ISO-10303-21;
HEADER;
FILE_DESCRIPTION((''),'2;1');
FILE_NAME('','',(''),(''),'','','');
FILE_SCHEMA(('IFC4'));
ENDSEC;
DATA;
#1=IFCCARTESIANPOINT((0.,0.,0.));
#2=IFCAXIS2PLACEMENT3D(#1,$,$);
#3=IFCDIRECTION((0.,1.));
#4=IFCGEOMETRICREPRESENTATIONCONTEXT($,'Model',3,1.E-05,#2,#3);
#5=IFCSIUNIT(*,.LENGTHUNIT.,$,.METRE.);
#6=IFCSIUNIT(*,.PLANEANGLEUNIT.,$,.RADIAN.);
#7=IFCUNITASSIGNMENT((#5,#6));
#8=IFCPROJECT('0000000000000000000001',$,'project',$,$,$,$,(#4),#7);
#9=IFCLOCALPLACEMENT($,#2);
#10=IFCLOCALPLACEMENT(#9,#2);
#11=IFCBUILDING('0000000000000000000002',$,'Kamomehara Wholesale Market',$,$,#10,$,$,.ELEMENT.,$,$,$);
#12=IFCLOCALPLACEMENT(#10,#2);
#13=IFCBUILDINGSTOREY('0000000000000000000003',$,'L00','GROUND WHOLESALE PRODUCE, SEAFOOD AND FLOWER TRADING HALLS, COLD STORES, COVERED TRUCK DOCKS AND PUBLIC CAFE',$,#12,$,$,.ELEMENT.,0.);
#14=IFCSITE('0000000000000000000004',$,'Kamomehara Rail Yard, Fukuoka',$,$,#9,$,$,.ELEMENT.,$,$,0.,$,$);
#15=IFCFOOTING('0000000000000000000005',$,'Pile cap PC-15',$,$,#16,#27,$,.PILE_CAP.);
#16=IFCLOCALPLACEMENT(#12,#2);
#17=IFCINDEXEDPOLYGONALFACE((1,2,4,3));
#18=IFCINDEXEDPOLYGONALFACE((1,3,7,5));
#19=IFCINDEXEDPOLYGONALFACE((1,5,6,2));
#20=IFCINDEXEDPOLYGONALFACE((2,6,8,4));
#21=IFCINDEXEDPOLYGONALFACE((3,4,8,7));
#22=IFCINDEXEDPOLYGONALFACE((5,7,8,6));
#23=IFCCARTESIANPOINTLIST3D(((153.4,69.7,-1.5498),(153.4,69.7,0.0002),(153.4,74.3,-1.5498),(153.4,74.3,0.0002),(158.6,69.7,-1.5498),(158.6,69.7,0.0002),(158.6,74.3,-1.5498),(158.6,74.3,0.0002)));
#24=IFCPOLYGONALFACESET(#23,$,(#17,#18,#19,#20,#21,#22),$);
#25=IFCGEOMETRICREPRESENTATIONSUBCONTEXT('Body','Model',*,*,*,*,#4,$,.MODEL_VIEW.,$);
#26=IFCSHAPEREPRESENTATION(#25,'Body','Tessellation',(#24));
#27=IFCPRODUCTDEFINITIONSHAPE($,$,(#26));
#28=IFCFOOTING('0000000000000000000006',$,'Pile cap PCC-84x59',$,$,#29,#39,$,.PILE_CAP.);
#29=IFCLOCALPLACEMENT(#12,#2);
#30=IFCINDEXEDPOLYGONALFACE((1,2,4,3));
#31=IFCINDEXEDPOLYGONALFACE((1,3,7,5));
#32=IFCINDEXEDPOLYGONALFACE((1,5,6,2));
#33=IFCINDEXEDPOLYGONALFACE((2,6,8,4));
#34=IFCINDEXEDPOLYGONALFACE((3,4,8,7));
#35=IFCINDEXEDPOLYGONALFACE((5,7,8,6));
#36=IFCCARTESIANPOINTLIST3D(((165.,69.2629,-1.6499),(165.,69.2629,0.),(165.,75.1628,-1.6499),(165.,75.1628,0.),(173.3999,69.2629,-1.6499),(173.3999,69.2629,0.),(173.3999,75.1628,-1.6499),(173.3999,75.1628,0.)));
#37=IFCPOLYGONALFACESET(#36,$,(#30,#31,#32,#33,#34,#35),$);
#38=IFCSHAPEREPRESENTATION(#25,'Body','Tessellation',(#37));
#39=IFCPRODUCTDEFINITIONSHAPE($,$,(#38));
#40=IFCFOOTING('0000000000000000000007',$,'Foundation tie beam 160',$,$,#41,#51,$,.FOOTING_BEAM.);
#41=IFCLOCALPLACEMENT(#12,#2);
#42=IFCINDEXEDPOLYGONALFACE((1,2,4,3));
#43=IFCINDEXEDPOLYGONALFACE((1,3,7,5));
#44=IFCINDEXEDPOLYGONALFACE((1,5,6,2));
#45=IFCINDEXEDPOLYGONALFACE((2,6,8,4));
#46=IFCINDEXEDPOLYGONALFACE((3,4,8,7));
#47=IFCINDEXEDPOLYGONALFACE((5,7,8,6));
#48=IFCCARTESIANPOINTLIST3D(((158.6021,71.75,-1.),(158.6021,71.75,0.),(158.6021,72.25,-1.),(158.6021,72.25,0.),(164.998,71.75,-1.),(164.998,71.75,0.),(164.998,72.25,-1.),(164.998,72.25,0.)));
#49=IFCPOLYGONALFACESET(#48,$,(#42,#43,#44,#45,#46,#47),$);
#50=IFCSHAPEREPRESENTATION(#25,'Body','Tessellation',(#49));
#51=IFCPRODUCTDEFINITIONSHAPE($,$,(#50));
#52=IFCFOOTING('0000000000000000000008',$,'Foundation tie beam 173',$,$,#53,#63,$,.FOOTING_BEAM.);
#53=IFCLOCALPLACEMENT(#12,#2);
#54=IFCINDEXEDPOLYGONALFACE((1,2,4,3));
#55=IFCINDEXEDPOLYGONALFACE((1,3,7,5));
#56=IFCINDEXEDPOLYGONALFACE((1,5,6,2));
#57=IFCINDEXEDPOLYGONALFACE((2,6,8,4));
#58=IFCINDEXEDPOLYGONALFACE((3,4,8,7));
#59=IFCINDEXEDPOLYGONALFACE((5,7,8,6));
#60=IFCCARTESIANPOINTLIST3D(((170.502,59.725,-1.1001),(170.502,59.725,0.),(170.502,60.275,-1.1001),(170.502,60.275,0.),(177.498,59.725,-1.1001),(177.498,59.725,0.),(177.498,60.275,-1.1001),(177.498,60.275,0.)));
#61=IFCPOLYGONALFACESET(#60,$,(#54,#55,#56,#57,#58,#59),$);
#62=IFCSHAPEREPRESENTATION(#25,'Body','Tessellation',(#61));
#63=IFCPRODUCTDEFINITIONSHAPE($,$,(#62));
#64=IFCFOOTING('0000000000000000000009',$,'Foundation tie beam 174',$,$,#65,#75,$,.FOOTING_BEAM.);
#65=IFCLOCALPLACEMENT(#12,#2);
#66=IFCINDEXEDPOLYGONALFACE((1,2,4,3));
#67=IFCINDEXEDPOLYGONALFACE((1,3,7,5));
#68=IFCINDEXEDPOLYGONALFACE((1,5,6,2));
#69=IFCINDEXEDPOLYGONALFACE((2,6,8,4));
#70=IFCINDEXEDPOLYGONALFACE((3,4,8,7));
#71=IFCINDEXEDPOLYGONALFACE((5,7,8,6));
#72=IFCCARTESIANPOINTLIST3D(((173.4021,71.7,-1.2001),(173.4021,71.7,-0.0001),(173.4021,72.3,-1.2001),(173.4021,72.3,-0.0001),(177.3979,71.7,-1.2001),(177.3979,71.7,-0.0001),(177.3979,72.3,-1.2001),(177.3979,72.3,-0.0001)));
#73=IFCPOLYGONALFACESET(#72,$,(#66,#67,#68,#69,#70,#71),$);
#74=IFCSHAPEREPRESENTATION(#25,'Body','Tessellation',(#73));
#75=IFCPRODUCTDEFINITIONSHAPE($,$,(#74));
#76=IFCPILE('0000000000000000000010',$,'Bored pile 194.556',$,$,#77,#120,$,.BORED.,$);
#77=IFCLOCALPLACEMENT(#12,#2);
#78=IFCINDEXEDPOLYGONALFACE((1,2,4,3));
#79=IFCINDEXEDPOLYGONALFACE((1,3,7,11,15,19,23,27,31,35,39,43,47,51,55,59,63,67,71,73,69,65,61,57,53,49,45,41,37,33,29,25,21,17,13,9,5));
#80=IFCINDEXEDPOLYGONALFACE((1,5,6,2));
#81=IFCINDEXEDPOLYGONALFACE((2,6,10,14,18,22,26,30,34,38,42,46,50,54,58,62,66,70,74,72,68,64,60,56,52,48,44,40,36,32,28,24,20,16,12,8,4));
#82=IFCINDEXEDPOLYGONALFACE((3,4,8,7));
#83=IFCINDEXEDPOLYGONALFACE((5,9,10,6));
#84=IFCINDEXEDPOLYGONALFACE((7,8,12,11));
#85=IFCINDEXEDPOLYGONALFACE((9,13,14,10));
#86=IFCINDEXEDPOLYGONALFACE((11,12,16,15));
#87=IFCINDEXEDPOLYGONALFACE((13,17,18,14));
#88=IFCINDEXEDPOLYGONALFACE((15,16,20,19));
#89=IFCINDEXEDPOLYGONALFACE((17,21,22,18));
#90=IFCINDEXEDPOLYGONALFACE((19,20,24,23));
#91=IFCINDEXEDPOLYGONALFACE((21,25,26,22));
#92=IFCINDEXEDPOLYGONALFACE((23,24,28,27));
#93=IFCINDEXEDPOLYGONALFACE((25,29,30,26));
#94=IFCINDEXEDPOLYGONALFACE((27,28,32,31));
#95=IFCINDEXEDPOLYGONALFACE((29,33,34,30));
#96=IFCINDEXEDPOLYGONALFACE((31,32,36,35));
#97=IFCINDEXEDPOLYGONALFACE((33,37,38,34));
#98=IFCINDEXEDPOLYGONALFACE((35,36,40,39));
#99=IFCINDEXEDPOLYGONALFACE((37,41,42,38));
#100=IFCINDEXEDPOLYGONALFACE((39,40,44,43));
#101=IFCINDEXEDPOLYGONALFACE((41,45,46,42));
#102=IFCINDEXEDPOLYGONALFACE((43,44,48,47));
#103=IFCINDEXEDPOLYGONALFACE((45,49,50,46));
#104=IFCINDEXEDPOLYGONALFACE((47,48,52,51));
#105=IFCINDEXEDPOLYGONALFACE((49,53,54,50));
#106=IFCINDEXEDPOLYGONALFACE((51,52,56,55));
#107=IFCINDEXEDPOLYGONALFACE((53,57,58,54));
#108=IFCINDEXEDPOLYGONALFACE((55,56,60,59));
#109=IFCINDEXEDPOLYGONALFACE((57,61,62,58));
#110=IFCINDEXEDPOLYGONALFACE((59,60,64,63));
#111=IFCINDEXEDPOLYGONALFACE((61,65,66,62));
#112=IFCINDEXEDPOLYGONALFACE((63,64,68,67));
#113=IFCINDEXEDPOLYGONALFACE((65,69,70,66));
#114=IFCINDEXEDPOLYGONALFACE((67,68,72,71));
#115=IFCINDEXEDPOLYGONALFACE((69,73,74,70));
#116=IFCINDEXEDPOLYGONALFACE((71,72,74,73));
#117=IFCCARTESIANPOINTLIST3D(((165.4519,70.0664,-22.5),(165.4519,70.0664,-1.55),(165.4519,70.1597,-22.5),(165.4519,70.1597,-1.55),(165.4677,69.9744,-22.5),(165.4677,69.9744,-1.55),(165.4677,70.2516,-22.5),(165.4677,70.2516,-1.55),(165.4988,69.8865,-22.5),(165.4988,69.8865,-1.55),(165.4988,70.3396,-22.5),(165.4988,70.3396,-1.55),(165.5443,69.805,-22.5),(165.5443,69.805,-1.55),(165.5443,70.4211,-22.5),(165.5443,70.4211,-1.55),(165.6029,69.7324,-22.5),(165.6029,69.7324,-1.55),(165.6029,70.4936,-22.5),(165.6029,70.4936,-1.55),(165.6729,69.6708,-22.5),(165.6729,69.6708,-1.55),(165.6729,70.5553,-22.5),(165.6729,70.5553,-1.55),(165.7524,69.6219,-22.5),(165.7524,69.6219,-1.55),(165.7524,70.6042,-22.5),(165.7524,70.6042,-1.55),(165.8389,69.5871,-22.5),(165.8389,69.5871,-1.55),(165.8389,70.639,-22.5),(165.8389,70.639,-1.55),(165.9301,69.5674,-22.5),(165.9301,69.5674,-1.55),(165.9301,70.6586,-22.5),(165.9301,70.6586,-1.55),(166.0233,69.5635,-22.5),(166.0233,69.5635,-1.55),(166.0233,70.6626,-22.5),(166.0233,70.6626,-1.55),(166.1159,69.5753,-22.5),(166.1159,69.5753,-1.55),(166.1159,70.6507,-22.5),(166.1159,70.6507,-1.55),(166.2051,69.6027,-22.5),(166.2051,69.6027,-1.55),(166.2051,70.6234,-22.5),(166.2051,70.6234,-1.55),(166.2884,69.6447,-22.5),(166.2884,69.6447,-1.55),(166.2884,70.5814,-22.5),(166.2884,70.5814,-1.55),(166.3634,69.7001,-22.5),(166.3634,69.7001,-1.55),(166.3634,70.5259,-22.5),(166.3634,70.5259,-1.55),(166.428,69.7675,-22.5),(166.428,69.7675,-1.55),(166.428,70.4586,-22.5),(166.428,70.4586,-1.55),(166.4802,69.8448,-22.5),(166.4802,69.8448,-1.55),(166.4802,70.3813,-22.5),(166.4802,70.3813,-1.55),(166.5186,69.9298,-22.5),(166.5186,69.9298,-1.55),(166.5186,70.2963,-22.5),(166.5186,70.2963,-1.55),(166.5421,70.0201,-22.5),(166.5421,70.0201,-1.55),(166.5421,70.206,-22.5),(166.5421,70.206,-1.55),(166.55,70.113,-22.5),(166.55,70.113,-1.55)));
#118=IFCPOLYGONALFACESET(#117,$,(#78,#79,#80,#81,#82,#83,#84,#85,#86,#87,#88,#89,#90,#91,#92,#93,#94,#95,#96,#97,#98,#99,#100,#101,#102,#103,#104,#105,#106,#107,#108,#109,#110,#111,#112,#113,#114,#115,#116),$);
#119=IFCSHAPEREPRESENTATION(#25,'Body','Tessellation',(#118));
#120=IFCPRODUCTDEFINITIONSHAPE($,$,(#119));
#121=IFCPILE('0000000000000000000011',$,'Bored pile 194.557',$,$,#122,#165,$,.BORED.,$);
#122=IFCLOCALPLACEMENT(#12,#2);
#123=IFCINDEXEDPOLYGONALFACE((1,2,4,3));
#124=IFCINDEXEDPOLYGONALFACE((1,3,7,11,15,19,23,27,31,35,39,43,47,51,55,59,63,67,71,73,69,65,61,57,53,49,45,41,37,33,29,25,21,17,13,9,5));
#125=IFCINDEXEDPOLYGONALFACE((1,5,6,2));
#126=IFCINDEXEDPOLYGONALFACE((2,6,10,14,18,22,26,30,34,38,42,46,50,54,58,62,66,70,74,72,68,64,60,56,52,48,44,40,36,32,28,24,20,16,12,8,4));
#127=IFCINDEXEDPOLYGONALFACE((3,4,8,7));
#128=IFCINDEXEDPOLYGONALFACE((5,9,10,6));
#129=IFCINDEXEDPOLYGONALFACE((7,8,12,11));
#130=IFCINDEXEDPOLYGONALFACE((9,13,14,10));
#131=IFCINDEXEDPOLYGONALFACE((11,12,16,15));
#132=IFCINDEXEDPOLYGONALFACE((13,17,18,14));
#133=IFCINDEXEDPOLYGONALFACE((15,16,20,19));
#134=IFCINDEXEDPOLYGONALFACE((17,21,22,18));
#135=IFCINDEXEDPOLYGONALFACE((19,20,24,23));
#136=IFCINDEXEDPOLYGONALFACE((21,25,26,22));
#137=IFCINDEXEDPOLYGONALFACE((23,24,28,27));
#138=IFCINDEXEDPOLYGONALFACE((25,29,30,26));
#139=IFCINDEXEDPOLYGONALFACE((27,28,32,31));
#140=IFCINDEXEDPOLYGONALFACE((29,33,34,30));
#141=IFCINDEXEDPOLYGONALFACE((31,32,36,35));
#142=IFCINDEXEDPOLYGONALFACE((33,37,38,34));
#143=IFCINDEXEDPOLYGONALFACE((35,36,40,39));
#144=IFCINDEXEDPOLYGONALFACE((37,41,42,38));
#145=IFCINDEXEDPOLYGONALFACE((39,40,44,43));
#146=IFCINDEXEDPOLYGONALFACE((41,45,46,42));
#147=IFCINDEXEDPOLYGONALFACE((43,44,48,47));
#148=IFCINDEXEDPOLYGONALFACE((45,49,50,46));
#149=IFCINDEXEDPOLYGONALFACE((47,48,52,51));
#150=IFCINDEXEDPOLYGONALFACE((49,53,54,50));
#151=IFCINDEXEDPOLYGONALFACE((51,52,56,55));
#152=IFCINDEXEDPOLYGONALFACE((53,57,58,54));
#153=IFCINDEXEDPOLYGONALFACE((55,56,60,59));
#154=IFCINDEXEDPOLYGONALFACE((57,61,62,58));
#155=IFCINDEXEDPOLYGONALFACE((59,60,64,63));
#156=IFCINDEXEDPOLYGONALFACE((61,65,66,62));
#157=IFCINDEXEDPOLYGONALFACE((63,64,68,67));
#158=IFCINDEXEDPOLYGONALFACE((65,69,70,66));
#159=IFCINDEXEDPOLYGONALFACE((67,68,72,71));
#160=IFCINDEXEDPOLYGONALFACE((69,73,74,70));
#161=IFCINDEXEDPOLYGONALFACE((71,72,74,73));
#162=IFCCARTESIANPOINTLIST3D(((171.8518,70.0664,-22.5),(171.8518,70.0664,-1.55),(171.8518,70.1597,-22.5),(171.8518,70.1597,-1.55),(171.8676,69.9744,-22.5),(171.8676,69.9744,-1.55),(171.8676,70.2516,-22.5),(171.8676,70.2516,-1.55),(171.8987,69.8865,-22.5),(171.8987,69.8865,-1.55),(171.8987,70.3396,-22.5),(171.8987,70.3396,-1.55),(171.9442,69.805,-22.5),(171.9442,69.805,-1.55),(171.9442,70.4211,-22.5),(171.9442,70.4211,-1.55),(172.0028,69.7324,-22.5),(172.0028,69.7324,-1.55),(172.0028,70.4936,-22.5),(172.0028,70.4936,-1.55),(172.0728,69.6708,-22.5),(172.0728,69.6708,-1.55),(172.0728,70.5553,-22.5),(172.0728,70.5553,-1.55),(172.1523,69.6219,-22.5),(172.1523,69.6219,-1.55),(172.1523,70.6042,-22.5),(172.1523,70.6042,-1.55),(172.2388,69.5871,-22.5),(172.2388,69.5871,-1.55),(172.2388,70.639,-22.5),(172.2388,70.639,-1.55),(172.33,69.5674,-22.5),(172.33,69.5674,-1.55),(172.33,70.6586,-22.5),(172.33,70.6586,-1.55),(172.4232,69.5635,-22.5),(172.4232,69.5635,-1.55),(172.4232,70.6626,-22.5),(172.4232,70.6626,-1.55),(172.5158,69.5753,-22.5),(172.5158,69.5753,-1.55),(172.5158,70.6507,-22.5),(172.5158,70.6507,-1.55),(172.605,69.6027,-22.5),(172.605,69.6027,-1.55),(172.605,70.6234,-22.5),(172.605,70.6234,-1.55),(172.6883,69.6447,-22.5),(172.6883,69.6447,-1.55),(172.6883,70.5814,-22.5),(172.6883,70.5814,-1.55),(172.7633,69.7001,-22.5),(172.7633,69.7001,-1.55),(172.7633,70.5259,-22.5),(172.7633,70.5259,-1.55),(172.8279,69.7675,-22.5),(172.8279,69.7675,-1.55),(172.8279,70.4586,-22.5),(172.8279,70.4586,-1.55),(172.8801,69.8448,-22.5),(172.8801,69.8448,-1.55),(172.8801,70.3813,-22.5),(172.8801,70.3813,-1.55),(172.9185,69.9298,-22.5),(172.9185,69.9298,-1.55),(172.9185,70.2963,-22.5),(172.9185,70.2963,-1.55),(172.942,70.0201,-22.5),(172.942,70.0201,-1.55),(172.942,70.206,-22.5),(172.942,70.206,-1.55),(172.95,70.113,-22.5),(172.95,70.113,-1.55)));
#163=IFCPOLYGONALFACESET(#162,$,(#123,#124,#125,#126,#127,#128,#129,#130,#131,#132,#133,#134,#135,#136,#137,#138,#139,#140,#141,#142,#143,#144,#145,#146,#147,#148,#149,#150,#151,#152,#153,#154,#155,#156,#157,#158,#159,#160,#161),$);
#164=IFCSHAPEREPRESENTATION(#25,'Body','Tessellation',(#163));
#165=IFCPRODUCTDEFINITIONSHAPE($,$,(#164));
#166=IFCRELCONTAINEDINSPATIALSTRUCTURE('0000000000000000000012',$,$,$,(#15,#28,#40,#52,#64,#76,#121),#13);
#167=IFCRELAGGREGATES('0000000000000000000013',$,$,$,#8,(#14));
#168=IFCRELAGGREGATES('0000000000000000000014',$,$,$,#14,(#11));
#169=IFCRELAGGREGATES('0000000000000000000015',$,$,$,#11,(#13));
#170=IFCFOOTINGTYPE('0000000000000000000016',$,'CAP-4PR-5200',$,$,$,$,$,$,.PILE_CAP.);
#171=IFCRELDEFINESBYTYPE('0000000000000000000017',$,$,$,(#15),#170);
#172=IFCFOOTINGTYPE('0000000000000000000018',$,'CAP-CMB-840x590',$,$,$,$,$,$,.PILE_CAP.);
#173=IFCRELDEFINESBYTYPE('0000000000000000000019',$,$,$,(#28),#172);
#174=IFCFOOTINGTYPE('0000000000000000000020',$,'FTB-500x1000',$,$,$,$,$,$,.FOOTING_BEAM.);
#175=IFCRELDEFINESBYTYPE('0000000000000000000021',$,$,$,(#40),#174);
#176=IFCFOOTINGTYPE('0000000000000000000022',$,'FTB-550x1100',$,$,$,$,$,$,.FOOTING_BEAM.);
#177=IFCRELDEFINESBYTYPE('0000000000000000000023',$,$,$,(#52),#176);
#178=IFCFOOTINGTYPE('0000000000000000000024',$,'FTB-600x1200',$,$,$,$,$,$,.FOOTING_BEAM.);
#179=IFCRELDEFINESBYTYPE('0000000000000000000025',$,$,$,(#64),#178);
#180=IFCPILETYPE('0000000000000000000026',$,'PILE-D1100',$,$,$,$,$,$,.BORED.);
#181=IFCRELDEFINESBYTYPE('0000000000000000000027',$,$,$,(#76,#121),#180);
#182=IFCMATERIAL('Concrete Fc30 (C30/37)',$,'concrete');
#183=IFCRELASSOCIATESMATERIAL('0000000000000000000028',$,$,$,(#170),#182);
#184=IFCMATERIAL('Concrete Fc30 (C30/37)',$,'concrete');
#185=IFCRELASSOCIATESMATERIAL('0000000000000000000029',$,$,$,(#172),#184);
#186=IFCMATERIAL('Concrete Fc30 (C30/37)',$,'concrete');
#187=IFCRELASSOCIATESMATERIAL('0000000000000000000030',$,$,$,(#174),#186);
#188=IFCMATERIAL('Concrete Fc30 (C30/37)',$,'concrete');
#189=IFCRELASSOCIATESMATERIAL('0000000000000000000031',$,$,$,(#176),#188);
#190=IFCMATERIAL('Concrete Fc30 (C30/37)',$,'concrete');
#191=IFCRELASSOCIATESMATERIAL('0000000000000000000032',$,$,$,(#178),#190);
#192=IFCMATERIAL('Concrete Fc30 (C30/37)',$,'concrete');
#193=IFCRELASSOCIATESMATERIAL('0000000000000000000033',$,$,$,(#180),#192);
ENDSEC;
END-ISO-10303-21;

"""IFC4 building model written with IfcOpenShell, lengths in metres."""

from ifc_helpers import new_model, si_unit, direction, frame, origin, origin_2d, place, context, subcontext, project, spatial, rectangle, circle, extrude, material, material_profile, profile_set, type_object, element, save


model = new_model("IFC4")

# Units and contexts
model_context = context("Model", 3, precision=1e-05, world=origin(), true_north=direction((0.0, 1.0)))
body_context = subcontext(model_context, "Body", "Model", "MODEL_VIEW")
ifc_project = project(units=[si_unit("LENGTHUNIT", "METRE"), si_unit("PLANEANGLEUNIT", "RADIAN")], contexts=[model_context])

# Site, building, storey
site_placement = place(None, origin())
site = spatial("IfcSite", under=ifc_project, at=site_placement, Name="Kamomehara Rail Yard, Fukuoka", CompositionType="ELEMENT", RefElevation=0.0)
building_placement = place(site_placement, origin())
building = spatial("IfcBuilding", under=site, at=building_placement, Name="Kamomehara Wholesale Market", CompositionType="ELEMENT")
storey_placement = place(building_placement, origin())
storey = spatial("IfcBuildingStorey", under=building, at=storey_placement, Name="L00", Description="GROUND WHOLESALE PRODUCE, SEAFOOD AND FLOWER TRADING HALLS, COLD STORES, COVERED TRUCK DOCKS AND PUBLIC CAFE", CompositionType="ELEMENT", Elevation=0.0)

# Footings
ifc_material_1 = material(Name="Concrete Fc30 (C30/37)", Category="concrete")
footing_type_1 = type_object("IfcFootingType", Name="CAP-4PR-5200", PredefinedType="PILE_CAP", material=ifc_material_1)
footing_1_placement = place(storey_placement, frame((156.0, 72.0, -1.5498), z_axis=(0.0, 0.0, 1.0), x_axis=(1.0, 0.0, 0.0)))
element("IfcFooting", 1, at=footing_1_placement, inside=storey, type_object=footing_type_1, Name="Pile cap PC-15", PredefinedType="PILE_CAP", context=body_context, shape_type="SweptSolid", body=[
    extrude(rectangle(XDim=5.2, YDim=4.6001, at=origin_2d()), origin(), (0.0, 0.0, 1.0), 1.55),
])
ifc_material_2 = material(Name="Concrete Fc30 (C30/37)", Category="concrete")
footing_type_2 = type_object("IfcFootingType", Name="CAP-CMB-840x590", PredefinedType="PILE_CAP", material=ifc_material_2)
footing_2_placement = place(storey_placement, frame((169.2, 72.2129, -1.6499), z_axis=(0.0, 0.0, 1.0), x_axis=(1.0, 0.0, 0.0)))
element("IfcFooting", 2, at=footing_2_placement, inside=storey, type_object=footing_type_2, Name="Pile cap PCC-84x59", PredefinedType="PILE_CAP", context=body_context, shape_type="SweptSolid", body=[
    extrude(rectangle(XDim=8.3999, YDim=5.8999, at=origin_2d()), origin(), (0.0, 0.0, 1.0), 1.6499),
])
ifc_material_3 = material(Name="Concrete Fc30 (C30/37)", Category="concrete")
ifc_material_profile_1 = material_profile(ifc_material_3, rectangle(XDim=0.5, YDim=1.0, at=origin_2d()), Name="RC-FTB-500x1000")
ifc_profile_set_1 = profile_set([ifc_material_profile_1], Name="Concrete Fc30 (C30/37)")
footing_type_3 = type_object("IfcFootingType", Name="FTB-500x1000", PredefinedType="FOOTING_BEAM", material=ifc_profile_set_1)
footing_3_placement = place(storey_placement, frame((158.6021, 72.0, -0.5), z_axis=(1.0, 0.0, 0.0), x_axis=(0.0, 1.0, 0.0)))
element("IfcFooting", 3, at=footing_3_placement, inside=storey, type_object=footing_type_3, Name="Foundation tie beam 160", PredefinedType="FOOTING_BEAM", context=body_context, shape_type="SweptSolid", body=[
    extrude(rectangle(XDim=0.5, YDim=1.0, at=origin_2d()), origin(), (0.0, 0.0, 1.0), 6.396),
])
ifc_material_4 = material(Name="Concrete Fc30 (C30/37)", Category="concrete")
ifc_material_profile_2 = material_profile(ifc_material_4, rectangle(XDim=0.55, YDim=1.1001, at=origin_2d()), Name="RC-FTB-550x1100")
ifc_profile_set_2 = profile_set([ifc_material_profile_2], Name="Concrete Fc30 (C30/37)")
footing_type_4 = type_object("IfcFootingType", Name="FTB-550x1100", PredefinedType="FOOTING_BEAM", material=ifc_profile_set_2)
footing_4_placement = place(storey_placement, frame((170.502, 60.0, -0.55), z_axis=(1.0, 0.0, 0.0), x_axis=(0.0, 1.0, 0.0)))
element("IfcFooting", 4, at=footing_4_placement, inside=storey, type_object=footing_type_4, Name="Foundation tie beam 173", PredefinedType="FOOTING_BEAM", context=body_context, shape_type="SweptSolid", body=[
    extrude(rectangle(XDim=0.55, YDim=1.1001, at=origin_2d()), origin(), (0.0, 0.0, 1.0), 6.9961),
])
ifc_material_5 = material(Name="Concrete Fc30 (C30/37)", Category="concrete")
ifc_material_profile_3 = material_profile(ifc_material_5, rectangle(XDim=0.6001, YDim=1.2, at=origin_2d()), Name="RC-FTB-600x1200")
ifc_profile_set_3 = profile_set([ifc_material_profile_3], Name="Concrete Fc30 (C30/37)")
footing_type_5 = type_object("IfcFootingType", Name="FTB-600x1200", PredefinedType="FOOTING_BEAM", material=ifc_profile_set_3)
footing_5_placement = place(storey_placement, frame((173.4021, 72.0, -0.6001), z_axis=(1.0, 0.0, 0.0), x_axis=(0.0, 1.0, 0.0)))
element("IfcFooting", 5, at=footing_5_placement, inside=storey, type_object=footing_type_5, Name="Foundation tie beam 174", PredefinedType="FOOTING_BEAM", context=body_context, shape_type="SweptSolid", body=[
    extrude(rectangle(XDim=0.6001, YDim=1.2, at=origin_2d()), origin(), (0.0, 0.0, 1.0), 3.9958),
])

# Piles
ifc_material_6 = material(Name="Concrete Fc30 (C30/37)", Category="concrete")
ifc_material_profile_4 = material_profile(ifc_material_6, circle(Radius=0.55, at=origin_2d()), Name="RC-PILE-D1100")
ifc_profile_set_4 = profile_set([ifc_material_profile_4], Name="Concrete Fc30 (C30/37)")
pile_type_1 = type_object("IfcPileType", Name="PILE-D1100", PredefinedType="BORED", material=ifc_profile_set_4)
for number, where, z_axis, x_axis, name in (
    (6, (166.0, 70.113, -1.55), (0.0, 0.0, -1.0), (1.0, 0.0, 0.0), "Bored pile 194.556"),
    (7, (172.3999, 70.113, -1.55), (0.0, 0.0, -1.0), (1.0, 0.0, 0.0), "Bored pile 194.557"),
):
    element("IfcPile", number, at=place(storey_placement, frame(where, z_axis=z_axis, x_axis=x_axis)), inside=storey, type_object=pile_type_1, Name=name, PredefinedType="BORED", context=body_context, shape_type="SweptSolid", body=[
        extrude(circle(Radius=0.55, at=origin_2d()), origin(), (0.0, 0.0, 1.0), 20.95),
    ])

save(model, "model.ifc")
